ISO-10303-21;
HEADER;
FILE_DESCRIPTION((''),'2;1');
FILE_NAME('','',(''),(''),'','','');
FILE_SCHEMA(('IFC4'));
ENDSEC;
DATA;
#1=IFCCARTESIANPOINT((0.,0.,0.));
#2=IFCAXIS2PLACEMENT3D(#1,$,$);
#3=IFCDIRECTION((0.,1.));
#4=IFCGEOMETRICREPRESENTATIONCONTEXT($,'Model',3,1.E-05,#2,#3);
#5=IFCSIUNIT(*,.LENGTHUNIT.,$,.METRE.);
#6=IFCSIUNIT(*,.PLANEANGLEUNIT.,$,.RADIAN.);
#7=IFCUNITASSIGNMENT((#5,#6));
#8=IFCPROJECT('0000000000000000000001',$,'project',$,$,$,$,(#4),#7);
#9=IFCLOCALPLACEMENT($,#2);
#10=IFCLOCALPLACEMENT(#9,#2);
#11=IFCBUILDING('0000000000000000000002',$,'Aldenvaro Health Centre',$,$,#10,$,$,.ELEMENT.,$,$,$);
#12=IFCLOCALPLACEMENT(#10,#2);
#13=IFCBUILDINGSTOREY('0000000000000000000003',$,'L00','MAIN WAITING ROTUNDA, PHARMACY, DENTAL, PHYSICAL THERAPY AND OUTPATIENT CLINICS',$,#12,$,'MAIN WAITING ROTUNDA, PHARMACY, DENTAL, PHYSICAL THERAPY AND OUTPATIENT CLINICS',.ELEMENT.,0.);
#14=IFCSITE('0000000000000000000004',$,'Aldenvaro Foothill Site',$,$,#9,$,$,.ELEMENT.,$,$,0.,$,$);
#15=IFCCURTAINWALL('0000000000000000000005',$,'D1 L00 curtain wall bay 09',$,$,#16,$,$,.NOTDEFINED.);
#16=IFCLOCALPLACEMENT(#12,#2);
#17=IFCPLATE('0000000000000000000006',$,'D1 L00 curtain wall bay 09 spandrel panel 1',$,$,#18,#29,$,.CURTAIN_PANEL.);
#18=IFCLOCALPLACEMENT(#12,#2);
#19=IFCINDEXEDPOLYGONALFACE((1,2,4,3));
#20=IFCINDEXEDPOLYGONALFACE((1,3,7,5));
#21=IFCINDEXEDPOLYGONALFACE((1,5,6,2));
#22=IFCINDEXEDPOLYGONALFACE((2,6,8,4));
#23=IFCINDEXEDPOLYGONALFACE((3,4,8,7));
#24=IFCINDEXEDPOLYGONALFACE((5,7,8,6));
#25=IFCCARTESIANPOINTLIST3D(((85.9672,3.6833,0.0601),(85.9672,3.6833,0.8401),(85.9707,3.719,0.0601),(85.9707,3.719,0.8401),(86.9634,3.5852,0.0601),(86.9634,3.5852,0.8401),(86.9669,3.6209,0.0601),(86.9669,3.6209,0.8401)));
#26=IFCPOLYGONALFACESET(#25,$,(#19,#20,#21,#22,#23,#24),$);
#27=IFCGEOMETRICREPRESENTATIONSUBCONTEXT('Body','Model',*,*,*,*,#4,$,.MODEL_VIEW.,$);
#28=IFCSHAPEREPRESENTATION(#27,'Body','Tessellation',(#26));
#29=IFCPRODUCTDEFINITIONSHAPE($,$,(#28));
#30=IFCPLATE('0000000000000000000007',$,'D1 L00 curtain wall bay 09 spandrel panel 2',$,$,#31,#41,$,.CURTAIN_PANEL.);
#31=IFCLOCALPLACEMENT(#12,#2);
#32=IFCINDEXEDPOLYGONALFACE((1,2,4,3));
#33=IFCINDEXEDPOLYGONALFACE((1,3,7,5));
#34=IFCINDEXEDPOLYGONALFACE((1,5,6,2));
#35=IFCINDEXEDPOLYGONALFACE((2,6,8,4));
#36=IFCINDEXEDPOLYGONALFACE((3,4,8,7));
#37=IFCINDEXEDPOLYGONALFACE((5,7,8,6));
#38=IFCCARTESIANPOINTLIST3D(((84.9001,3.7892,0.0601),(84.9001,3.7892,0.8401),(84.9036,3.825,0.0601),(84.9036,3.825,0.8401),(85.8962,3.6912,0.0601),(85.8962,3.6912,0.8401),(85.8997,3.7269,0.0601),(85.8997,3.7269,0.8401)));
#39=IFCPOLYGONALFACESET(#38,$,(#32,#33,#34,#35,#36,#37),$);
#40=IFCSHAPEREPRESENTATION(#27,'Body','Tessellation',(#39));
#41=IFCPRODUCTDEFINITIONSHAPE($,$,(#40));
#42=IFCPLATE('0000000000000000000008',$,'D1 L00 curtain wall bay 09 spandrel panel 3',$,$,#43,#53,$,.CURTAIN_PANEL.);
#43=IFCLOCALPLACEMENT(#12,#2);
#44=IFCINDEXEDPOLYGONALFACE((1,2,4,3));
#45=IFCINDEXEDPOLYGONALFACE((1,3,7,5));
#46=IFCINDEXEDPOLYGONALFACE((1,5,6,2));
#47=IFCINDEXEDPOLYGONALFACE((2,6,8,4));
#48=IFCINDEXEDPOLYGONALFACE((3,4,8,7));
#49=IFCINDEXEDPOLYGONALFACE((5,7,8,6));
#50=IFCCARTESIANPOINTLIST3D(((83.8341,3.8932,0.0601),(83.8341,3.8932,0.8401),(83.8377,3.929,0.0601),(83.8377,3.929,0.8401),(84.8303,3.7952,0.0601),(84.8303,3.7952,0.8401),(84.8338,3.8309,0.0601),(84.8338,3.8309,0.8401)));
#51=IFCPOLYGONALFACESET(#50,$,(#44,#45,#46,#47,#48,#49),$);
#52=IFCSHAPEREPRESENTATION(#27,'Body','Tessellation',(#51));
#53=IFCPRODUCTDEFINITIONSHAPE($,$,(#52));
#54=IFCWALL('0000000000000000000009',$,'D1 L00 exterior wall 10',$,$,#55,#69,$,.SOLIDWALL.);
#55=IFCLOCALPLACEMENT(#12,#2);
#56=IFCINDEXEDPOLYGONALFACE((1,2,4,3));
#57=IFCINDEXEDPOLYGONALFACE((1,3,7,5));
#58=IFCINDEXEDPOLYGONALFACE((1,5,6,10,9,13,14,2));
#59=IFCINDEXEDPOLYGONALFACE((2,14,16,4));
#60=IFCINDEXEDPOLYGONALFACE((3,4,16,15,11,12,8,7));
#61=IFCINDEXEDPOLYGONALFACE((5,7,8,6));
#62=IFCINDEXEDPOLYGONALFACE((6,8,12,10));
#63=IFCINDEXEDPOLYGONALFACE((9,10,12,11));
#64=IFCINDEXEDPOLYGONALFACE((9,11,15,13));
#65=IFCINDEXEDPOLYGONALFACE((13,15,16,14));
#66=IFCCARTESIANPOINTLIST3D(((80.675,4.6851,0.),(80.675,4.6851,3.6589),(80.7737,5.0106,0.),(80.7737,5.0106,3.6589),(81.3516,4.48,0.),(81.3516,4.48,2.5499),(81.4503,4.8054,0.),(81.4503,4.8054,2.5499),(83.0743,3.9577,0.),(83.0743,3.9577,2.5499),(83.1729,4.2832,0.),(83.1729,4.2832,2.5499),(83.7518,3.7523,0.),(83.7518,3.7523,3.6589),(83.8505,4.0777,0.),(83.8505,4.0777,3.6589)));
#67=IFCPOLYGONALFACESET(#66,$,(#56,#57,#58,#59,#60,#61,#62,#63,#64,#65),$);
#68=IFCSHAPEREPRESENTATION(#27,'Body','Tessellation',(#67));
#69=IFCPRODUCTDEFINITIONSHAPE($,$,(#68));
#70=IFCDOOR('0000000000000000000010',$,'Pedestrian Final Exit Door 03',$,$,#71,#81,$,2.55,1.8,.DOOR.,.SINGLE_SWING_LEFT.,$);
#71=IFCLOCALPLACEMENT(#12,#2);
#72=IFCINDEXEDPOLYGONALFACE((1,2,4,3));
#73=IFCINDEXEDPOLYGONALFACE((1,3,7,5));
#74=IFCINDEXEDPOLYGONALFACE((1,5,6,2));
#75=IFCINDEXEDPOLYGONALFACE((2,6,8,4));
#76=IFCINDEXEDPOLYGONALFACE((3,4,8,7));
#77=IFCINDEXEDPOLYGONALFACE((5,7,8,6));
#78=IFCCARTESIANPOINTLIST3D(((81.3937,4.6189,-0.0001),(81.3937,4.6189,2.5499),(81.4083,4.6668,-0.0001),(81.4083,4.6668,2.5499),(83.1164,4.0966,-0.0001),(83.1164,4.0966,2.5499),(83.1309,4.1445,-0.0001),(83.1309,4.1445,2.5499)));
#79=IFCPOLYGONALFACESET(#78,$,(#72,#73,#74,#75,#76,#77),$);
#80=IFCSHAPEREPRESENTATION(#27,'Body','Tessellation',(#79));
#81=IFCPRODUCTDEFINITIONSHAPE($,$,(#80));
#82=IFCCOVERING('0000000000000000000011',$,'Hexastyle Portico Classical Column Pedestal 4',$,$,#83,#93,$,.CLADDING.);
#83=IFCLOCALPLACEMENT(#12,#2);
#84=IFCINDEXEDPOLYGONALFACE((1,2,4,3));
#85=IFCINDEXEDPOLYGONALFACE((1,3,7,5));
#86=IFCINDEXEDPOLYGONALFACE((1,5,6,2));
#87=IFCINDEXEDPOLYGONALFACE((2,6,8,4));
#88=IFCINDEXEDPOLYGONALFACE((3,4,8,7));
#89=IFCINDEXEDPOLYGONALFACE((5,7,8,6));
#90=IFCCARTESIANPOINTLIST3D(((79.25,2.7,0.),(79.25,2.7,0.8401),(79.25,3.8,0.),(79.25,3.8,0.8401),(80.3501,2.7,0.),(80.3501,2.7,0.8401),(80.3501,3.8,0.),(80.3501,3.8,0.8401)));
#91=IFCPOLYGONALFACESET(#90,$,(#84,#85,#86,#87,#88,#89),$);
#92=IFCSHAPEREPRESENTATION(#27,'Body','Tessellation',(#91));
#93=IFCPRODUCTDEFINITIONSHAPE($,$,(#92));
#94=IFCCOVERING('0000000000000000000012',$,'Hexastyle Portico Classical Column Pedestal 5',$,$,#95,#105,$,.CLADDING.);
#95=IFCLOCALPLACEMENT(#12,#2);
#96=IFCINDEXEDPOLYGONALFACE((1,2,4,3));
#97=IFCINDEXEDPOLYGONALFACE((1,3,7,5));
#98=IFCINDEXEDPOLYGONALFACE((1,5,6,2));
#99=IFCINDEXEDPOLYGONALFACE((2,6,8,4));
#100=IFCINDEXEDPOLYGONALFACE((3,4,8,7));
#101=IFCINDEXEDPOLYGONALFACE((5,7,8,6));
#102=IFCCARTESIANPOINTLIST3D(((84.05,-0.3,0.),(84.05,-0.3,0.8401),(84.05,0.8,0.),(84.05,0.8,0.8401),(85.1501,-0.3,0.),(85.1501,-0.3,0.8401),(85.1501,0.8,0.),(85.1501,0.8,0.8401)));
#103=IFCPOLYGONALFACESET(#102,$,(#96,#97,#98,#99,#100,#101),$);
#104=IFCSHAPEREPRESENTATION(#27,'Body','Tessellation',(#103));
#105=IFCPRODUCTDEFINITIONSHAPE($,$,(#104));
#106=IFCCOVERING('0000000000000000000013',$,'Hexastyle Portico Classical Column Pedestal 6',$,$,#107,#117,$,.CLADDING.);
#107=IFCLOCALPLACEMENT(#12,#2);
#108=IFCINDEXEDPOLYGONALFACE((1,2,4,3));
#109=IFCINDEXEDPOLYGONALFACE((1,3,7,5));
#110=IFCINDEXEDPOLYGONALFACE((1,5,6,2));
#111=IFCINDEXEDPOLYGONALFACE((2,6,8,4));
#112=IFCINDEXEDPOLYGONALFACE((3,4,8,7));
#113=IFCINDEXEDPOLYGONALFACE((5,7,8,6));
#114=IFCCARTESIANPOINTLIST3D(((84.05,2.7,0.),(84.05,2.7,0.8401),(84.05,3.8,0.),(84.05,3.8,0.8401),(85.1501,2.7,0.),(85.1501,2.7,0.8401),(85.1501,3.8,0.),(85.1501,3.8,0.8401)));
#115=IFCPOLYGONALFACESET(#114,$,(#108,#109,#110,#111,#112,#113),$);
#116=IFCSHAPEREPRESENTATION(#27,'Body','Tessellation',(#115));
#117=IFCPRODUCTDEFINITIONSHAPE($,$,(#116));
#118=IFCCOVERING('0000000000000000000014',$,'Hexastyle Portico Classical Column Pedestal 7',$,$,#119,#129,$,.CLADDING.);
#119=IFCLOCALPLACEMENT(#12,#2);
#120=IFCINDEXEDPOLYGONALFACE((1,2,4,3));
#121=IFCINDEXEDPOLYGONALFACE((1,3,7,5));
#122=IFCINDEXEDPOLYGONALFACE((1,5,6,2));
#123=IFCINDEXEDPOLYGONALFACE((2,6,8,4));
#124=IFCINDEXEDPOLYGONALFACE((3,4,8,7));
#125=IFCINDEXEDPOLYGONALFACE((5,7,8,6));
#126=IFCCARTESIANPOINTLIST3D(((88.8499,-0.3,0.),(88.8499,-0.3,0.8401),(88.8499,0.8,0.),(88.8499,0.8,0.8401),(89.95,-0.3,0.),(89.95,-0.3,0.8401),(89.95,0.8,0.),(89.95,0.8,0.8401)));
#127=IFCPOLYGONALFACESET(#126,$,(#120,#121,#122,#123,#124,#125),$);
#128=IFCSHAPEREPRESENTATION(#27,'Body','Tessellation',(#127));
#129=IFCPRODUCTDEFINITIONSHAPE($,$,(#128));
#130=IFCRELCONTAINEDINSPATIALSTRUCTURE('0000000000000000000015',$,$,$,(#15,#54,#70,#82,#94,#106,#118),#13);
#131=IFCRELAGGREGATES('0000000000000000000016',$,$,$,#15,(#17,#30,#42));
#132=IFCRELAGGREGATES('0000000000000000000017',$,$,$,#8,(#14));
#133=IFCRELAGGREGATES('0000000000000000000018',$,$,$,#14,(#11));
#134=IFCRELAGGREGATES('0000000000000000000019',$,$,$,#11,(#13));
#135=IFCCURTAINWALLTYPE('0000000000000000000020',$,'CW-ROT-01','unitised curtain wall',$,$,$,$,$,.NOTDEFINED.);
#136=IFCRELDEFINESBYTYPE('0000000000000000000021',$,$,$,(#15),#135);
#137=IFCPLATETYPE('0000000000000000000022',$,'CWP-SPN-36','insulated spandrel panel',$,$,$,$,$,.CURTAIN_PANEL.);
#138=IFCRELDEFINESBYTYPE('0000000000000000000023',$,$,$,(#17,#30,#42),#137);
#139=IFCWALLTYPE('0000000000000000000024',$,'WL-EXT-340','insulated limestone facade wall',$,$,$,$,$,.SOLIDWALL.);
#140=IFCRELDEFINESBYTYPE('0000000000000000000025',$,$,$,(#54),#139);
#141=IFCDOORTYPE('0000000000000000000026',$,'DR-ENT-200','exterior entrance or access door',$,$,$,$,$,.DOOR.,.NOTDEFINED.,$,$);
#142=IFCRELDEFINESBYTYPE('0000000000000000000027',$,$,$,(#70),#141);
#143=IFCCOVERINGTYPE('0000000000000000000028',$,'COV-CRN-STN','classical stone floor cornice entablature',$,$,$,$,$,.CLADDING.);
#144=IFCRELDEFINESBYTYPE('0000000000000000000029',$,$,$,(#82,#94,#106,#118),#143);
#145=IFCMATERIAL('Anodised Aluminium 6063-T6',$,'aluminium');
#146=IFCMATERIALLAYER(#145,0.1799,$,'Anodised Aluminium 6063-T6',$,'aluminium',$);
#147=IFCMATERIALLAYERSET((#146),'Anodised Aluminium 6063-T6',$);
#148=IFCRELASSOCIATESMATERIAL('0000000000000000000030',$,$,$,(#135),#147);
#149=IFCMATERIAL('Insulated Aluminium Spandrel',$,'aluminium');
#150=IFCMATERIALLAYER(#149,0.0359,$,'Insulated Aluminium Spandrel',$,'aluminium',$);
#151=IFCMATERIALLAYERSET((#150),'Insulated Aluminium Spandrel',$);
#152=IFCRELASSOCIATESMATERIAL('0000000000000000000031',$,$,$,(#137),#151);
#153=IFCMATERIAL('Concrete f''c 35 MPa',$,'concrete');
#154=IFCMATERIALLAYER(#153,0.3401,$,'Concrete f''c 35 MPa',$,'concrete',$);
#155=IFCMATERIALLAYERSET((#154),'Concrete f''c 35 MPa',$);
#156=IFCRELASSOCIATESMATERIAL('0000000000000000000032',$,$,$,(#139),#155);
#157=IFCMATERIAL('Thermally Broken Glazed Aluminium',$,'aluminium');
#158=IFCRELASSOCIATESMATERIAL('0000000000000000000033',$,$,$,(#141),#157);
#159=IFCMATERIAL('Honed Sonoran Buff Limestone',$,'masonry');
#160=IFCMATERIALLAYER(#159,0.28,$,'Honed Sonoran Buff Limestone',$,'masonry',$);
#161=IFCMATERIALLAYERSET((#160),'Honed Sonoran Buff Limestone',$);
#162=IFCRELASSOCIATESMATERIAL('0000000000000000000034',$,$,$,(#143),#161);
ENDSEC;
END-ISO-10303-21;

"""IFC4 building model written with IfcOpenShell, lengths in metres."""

from ifc_helpers import new_model, si_unit, direction, frame, frame_2d, origin, origin_2d, place, context, subcontext, project, spatial, rectangle, extrude, material, layer, layer_set, type_object, element, fill, aggregate, save


model = new_model("IFC4")

# Units and contexts
model_context = context("Model", 3, precision=1e-05, world=origin(), true_north=direction((0.0, 1.0)))
body_context = subcontext(model_context, "Body", "Model", "MODEL_VIEW")
ifc_project = project(units=[si_unit("LENGTHUNIT", "METRE"), si_unit("PLANEANGLEUNIT", "RADIAN")], contexts=[model_context])

# Site, building, storey
site_placement = place(None, origin())
site = spatial("IfcSite", under=ifc_project, at=site_placement, Name="Aldenvaro Foothill Site", CompositionType="ELEMENT", RefElevation=0.0)
building_placement = place(site_placement, origin())
building = spatial("IfcBuilding", under=site, at=building_placement, Name="Aldenvaro Health Centre", CompositionType="ELEMENT")
storey_placement = place(building_placement, origin())
storey = spatial("IfcBuildingStorey", under=building, at=storey_placement, Name="L00", Description="MAIN WAITING ROTUNDA, PHARMACY, DENTAL, PHYSICAL THERAPY AND OUTPATIENT CLINICS", LongName="MAIN WAITING ROTUNDA, PHARMACY, DENTAL, PHYSICAL THERAPY AND OUTPATIENT CLINICS", CompositionType="ELEMENT", Elevation=0.0)

# Curtain wall
ifc_material_1 = material(Name="Anodised Aluminium 6063-T6", Category="aluminium")
ifc_layer_1 = layer(ifc_material_1, 0.1799, Name="Anodised Aluminium 6063-T6", Category="aluminium")
ifc_layer_set_1 = layer_set([ifc_layer_1], Name="Anodised Aluminium 6063-T6")
curtain_wall_type = type_object("IfcCurtainWallType", Name="CW-ROT-01", Description="unitised curtain wall", PredefinedType="NOTDEFINED", material=ifc_layer_set_1)
curtain_wall_placement = place(storey_placement, origin())
curtain_wall = element("IfcCurtainWall", 1, at=curtain_wall_placement, inside=storey, type_object=curtain_wall_type, Name="D1 L00 curtain wall bay 09", PredefinedType="NOTDEFINED")

# Plates
ifc_material_2 = material(Name="Insulated Aluminium Spandrel", Category="aluminium")
ifc_layer_2 = layer(ifc_material_2, 0.0359, Name="Insulated Aluminium Spandrel", Category="aluminium")
ifc_layer_set_2 = layer_set([ifc_layer_2], Name="Insulated Aluminium Spandrel")
plate_type_1 = type_object("IfcPlateType", Name="CWP-SPN-36", Description="insulated spandrel panel", PredefinedType="CURTAIN_PANEL", material=ifc_layer_set_2)
plate_1_placement = place(storey_placement, frame((86.467, 3.6521, 0.0601), z_axis=(0.0, 0.0, 1.0), x_axis=(-0.995187, 0.097994, 0.0)))
plate_1 = element("IfcPlate", 2, at=plate_1_placement, type_object=plate_type_1, Name="D1 L00 curtain wall bay 09 spandrel panel 1", PredefinedType="CURTAIN_PANEL", context=body_context, shape_type="SweptSolid", body=[
    extrude(rectangle(XDim=1.001, YDim=0.0359, at=origin_2d()), origin(), (0.0, 0.0, 1.0), 0.78),
])
plate_2_placement = place(storey_placement, frame((85.3999, 3.7581, 0.0601), z_axis=(0.0, 0.0, 1.0), x_axis=(-0.995187, 0.097994, 0.0)))
plate_2 = element("IfcPlate", 3, at=plate_2_placement, type_object=plate_type_1, Name="D1 L00 curtain wall bay 09 spandrel panel 2", PredefinedType="CURTAIN_PANEL", context=body_context, shape_type="SweptSolid", body=[
    extrude(rectangle(XDim=1.001, YDim=0.0359, at=origin_2d()), origin(), (0.0, 0.0, 1.0), 0.78),
])
plate_3_placement = place(storey_placement, frame((84.334, 3.8621, 0.0601), z_axis=(0.0, 0.0, 1.0), x_axis=(-0.995187, 0.097994, 0.0)))
plate_3 = element("IfcPlate", 4, at=plate_3_placement, type_object=plate_type_1, Name="D1 L00 curtain wall bay 09 spandrel panel 3", PredefinedType="CURTAIN_PANEL", context=body_context, shape_type="SweptSolid", body=[
    extrude(rectangle(XDim=1.001, YDim=0.0359, at=origin_2d()), origin(), (0.0, 0.0, 1.0), 0.78),
])
aggregate(curtain_wall, [plate_1, plate_2, plate_3])

# Wall, opening, door
ifc_material_3 = material(Name="Concrete f'c 35 MPa", Category="concrete")
ifc_layer_3 = layer(ifc_material_3, 0.3401, Name="Concrete f'c 35 MPa", Category="concrete")
ifc_layer_set_3 = layer_set([ifc_layer_3], Name="Concrete f'c 35 MPa")
wall_type = type_object("IfcWallType", Name="WL-EXT-340", Description="insulated limestone facade wall", PredefinedType="SOLIDWALL", material=ifc_layer_set_3)
wall_placement = place(storey_placement, frame((83.801, 3.915, 0.0), z_axis=(0.0, 0.0, 1.0), x_axis=(-0.956984, 0.29014, 0.0)))
wall = element("IfcWall", 5, at=wall_placement, inside=storey, type_object=wall_type, Name="D1 L00 exterior wall 10", PredefinedType="SOLIDWALL", context=body_context, shape_type="SweptSolid", body=[
    extrude(rectangle(XDim=3.2151, YDim=0.3401, at=frame_2d((1.6074, 0.0))), origin(), (0.0, 0.0, 1.0), 3.6589),
])
opening_placement = place(wall_placement, frame((0.708, 0.0, 0.0)))
opening = element("IfcOpeningElement", 6, at=opening_placement, cuts=wall, PredefinedType="OPENING", context=body_context, shape_type="SweptSolid", body=[
    extrude(rectangle(XDim=1.8, YDim=2.55, at=frame_2d((0.8999, 1.2749))), frame((0.0, 0.1802, 0.0), z_axis=(0.0, -1.0, 0.0), x_axis=(1.0, 0.0, 0.0)), (0.0, 0.0, 1.0), 0.3601),
])
ifc_material_4 = material(Name="Thermally Broken Glazed Aluminium", Category="aluminium")
door_type = type_object("IfcDoorType", Name="DR-ENT-200", Description="exterior entrance or access door", OperationType="NOTDEFINED", PredefinedType="DOOR", material=ifc_material_4)
door_placement = place(opening_placement, origin())
door = element("IfcDoor", 7, at=door_placement, inside=storey, type_object=door_type, Name="Pedestrian Final Exit Door 03", OperationType="SINGLE_SWING_LEFT", OverallHeight=2.55, OverallWidth=1.8, PredefinedType="DOOR", context=body_context, shape_type="SweptSolid", body=[
    extrude(rectangle(XDim=1.8, YDim=2.55, at=frame_2d((0.8999, 1.2749))), frame((0.0, 0.0249, 0.0), z_axis=(0.0, -1.0, 0.0), x_axis=(1.0, 0.0, 0.0)), (0.0, 0.0, 1.0), 0.05),
])
fill(opening, door)

# Coverings
ifc_material_5 = material(Name="Honed Sonoran Buff Limestone", Category="masonry")
ifc_layer_4 = layer(ifc_material_5, 0.28, Name="Honed Sonoran Buff Limestone", Category="masonry")
ifc_layer_set_4 = layer_set([ifc_layer_4], Name="Honed Sonoran Buff Limestone")
covering_type = type_object("IfcCoveringType", Name="COV-CRN-STN", Description="classical stone floor cornice entablature", PredefinedType="CLADDING", material=ifc_layer_set_4)
for number, where, z_axis, x_axis, name in (
    (8, (79.8, 3.25, 0.0), (0.0, 0.0, 1.0), (1.0, 0.0, 0.0), "Hexastyle Portico Classical Column Pedestal 4"),
    (9, (84.6001, 0.25, 0.0), (0.0, 0.0, 1.0), (1.0, 0.0, 0.0), "Hexastyle Portico Classical Column Pedestal 5"),
    (10, (84.6001, 3.25, 0.0), (0.0, 0.0, 1.0), (1.0, 0.0, 0.0), "Hexastyle Portico Classical Column Pedestal 6"),
    (11, (89.3999, 0.25, 0.0), (0.0, 0.0, 1.0), (1.0, 0.0, 0.0), "Hexastyle Portico Classical Column Pedestal 7"),
):
    element("IfcCovering", number, at=place(storey_placement, frame(where, z_axis=z_axis, x_axis=x_axis)), inside=storey, type_object=covering_type, Name=name, PredefinedType="CLADDING", context=body_context, shape_type="SweptSolid", body=[
        extrude(rectangle(XDim=1.1001, YDim=1.1001, at=origin_2d()), origin(), (0.0, 0.0, 1.0), 0.8401),
    ])

save(model, "model.ifc")
